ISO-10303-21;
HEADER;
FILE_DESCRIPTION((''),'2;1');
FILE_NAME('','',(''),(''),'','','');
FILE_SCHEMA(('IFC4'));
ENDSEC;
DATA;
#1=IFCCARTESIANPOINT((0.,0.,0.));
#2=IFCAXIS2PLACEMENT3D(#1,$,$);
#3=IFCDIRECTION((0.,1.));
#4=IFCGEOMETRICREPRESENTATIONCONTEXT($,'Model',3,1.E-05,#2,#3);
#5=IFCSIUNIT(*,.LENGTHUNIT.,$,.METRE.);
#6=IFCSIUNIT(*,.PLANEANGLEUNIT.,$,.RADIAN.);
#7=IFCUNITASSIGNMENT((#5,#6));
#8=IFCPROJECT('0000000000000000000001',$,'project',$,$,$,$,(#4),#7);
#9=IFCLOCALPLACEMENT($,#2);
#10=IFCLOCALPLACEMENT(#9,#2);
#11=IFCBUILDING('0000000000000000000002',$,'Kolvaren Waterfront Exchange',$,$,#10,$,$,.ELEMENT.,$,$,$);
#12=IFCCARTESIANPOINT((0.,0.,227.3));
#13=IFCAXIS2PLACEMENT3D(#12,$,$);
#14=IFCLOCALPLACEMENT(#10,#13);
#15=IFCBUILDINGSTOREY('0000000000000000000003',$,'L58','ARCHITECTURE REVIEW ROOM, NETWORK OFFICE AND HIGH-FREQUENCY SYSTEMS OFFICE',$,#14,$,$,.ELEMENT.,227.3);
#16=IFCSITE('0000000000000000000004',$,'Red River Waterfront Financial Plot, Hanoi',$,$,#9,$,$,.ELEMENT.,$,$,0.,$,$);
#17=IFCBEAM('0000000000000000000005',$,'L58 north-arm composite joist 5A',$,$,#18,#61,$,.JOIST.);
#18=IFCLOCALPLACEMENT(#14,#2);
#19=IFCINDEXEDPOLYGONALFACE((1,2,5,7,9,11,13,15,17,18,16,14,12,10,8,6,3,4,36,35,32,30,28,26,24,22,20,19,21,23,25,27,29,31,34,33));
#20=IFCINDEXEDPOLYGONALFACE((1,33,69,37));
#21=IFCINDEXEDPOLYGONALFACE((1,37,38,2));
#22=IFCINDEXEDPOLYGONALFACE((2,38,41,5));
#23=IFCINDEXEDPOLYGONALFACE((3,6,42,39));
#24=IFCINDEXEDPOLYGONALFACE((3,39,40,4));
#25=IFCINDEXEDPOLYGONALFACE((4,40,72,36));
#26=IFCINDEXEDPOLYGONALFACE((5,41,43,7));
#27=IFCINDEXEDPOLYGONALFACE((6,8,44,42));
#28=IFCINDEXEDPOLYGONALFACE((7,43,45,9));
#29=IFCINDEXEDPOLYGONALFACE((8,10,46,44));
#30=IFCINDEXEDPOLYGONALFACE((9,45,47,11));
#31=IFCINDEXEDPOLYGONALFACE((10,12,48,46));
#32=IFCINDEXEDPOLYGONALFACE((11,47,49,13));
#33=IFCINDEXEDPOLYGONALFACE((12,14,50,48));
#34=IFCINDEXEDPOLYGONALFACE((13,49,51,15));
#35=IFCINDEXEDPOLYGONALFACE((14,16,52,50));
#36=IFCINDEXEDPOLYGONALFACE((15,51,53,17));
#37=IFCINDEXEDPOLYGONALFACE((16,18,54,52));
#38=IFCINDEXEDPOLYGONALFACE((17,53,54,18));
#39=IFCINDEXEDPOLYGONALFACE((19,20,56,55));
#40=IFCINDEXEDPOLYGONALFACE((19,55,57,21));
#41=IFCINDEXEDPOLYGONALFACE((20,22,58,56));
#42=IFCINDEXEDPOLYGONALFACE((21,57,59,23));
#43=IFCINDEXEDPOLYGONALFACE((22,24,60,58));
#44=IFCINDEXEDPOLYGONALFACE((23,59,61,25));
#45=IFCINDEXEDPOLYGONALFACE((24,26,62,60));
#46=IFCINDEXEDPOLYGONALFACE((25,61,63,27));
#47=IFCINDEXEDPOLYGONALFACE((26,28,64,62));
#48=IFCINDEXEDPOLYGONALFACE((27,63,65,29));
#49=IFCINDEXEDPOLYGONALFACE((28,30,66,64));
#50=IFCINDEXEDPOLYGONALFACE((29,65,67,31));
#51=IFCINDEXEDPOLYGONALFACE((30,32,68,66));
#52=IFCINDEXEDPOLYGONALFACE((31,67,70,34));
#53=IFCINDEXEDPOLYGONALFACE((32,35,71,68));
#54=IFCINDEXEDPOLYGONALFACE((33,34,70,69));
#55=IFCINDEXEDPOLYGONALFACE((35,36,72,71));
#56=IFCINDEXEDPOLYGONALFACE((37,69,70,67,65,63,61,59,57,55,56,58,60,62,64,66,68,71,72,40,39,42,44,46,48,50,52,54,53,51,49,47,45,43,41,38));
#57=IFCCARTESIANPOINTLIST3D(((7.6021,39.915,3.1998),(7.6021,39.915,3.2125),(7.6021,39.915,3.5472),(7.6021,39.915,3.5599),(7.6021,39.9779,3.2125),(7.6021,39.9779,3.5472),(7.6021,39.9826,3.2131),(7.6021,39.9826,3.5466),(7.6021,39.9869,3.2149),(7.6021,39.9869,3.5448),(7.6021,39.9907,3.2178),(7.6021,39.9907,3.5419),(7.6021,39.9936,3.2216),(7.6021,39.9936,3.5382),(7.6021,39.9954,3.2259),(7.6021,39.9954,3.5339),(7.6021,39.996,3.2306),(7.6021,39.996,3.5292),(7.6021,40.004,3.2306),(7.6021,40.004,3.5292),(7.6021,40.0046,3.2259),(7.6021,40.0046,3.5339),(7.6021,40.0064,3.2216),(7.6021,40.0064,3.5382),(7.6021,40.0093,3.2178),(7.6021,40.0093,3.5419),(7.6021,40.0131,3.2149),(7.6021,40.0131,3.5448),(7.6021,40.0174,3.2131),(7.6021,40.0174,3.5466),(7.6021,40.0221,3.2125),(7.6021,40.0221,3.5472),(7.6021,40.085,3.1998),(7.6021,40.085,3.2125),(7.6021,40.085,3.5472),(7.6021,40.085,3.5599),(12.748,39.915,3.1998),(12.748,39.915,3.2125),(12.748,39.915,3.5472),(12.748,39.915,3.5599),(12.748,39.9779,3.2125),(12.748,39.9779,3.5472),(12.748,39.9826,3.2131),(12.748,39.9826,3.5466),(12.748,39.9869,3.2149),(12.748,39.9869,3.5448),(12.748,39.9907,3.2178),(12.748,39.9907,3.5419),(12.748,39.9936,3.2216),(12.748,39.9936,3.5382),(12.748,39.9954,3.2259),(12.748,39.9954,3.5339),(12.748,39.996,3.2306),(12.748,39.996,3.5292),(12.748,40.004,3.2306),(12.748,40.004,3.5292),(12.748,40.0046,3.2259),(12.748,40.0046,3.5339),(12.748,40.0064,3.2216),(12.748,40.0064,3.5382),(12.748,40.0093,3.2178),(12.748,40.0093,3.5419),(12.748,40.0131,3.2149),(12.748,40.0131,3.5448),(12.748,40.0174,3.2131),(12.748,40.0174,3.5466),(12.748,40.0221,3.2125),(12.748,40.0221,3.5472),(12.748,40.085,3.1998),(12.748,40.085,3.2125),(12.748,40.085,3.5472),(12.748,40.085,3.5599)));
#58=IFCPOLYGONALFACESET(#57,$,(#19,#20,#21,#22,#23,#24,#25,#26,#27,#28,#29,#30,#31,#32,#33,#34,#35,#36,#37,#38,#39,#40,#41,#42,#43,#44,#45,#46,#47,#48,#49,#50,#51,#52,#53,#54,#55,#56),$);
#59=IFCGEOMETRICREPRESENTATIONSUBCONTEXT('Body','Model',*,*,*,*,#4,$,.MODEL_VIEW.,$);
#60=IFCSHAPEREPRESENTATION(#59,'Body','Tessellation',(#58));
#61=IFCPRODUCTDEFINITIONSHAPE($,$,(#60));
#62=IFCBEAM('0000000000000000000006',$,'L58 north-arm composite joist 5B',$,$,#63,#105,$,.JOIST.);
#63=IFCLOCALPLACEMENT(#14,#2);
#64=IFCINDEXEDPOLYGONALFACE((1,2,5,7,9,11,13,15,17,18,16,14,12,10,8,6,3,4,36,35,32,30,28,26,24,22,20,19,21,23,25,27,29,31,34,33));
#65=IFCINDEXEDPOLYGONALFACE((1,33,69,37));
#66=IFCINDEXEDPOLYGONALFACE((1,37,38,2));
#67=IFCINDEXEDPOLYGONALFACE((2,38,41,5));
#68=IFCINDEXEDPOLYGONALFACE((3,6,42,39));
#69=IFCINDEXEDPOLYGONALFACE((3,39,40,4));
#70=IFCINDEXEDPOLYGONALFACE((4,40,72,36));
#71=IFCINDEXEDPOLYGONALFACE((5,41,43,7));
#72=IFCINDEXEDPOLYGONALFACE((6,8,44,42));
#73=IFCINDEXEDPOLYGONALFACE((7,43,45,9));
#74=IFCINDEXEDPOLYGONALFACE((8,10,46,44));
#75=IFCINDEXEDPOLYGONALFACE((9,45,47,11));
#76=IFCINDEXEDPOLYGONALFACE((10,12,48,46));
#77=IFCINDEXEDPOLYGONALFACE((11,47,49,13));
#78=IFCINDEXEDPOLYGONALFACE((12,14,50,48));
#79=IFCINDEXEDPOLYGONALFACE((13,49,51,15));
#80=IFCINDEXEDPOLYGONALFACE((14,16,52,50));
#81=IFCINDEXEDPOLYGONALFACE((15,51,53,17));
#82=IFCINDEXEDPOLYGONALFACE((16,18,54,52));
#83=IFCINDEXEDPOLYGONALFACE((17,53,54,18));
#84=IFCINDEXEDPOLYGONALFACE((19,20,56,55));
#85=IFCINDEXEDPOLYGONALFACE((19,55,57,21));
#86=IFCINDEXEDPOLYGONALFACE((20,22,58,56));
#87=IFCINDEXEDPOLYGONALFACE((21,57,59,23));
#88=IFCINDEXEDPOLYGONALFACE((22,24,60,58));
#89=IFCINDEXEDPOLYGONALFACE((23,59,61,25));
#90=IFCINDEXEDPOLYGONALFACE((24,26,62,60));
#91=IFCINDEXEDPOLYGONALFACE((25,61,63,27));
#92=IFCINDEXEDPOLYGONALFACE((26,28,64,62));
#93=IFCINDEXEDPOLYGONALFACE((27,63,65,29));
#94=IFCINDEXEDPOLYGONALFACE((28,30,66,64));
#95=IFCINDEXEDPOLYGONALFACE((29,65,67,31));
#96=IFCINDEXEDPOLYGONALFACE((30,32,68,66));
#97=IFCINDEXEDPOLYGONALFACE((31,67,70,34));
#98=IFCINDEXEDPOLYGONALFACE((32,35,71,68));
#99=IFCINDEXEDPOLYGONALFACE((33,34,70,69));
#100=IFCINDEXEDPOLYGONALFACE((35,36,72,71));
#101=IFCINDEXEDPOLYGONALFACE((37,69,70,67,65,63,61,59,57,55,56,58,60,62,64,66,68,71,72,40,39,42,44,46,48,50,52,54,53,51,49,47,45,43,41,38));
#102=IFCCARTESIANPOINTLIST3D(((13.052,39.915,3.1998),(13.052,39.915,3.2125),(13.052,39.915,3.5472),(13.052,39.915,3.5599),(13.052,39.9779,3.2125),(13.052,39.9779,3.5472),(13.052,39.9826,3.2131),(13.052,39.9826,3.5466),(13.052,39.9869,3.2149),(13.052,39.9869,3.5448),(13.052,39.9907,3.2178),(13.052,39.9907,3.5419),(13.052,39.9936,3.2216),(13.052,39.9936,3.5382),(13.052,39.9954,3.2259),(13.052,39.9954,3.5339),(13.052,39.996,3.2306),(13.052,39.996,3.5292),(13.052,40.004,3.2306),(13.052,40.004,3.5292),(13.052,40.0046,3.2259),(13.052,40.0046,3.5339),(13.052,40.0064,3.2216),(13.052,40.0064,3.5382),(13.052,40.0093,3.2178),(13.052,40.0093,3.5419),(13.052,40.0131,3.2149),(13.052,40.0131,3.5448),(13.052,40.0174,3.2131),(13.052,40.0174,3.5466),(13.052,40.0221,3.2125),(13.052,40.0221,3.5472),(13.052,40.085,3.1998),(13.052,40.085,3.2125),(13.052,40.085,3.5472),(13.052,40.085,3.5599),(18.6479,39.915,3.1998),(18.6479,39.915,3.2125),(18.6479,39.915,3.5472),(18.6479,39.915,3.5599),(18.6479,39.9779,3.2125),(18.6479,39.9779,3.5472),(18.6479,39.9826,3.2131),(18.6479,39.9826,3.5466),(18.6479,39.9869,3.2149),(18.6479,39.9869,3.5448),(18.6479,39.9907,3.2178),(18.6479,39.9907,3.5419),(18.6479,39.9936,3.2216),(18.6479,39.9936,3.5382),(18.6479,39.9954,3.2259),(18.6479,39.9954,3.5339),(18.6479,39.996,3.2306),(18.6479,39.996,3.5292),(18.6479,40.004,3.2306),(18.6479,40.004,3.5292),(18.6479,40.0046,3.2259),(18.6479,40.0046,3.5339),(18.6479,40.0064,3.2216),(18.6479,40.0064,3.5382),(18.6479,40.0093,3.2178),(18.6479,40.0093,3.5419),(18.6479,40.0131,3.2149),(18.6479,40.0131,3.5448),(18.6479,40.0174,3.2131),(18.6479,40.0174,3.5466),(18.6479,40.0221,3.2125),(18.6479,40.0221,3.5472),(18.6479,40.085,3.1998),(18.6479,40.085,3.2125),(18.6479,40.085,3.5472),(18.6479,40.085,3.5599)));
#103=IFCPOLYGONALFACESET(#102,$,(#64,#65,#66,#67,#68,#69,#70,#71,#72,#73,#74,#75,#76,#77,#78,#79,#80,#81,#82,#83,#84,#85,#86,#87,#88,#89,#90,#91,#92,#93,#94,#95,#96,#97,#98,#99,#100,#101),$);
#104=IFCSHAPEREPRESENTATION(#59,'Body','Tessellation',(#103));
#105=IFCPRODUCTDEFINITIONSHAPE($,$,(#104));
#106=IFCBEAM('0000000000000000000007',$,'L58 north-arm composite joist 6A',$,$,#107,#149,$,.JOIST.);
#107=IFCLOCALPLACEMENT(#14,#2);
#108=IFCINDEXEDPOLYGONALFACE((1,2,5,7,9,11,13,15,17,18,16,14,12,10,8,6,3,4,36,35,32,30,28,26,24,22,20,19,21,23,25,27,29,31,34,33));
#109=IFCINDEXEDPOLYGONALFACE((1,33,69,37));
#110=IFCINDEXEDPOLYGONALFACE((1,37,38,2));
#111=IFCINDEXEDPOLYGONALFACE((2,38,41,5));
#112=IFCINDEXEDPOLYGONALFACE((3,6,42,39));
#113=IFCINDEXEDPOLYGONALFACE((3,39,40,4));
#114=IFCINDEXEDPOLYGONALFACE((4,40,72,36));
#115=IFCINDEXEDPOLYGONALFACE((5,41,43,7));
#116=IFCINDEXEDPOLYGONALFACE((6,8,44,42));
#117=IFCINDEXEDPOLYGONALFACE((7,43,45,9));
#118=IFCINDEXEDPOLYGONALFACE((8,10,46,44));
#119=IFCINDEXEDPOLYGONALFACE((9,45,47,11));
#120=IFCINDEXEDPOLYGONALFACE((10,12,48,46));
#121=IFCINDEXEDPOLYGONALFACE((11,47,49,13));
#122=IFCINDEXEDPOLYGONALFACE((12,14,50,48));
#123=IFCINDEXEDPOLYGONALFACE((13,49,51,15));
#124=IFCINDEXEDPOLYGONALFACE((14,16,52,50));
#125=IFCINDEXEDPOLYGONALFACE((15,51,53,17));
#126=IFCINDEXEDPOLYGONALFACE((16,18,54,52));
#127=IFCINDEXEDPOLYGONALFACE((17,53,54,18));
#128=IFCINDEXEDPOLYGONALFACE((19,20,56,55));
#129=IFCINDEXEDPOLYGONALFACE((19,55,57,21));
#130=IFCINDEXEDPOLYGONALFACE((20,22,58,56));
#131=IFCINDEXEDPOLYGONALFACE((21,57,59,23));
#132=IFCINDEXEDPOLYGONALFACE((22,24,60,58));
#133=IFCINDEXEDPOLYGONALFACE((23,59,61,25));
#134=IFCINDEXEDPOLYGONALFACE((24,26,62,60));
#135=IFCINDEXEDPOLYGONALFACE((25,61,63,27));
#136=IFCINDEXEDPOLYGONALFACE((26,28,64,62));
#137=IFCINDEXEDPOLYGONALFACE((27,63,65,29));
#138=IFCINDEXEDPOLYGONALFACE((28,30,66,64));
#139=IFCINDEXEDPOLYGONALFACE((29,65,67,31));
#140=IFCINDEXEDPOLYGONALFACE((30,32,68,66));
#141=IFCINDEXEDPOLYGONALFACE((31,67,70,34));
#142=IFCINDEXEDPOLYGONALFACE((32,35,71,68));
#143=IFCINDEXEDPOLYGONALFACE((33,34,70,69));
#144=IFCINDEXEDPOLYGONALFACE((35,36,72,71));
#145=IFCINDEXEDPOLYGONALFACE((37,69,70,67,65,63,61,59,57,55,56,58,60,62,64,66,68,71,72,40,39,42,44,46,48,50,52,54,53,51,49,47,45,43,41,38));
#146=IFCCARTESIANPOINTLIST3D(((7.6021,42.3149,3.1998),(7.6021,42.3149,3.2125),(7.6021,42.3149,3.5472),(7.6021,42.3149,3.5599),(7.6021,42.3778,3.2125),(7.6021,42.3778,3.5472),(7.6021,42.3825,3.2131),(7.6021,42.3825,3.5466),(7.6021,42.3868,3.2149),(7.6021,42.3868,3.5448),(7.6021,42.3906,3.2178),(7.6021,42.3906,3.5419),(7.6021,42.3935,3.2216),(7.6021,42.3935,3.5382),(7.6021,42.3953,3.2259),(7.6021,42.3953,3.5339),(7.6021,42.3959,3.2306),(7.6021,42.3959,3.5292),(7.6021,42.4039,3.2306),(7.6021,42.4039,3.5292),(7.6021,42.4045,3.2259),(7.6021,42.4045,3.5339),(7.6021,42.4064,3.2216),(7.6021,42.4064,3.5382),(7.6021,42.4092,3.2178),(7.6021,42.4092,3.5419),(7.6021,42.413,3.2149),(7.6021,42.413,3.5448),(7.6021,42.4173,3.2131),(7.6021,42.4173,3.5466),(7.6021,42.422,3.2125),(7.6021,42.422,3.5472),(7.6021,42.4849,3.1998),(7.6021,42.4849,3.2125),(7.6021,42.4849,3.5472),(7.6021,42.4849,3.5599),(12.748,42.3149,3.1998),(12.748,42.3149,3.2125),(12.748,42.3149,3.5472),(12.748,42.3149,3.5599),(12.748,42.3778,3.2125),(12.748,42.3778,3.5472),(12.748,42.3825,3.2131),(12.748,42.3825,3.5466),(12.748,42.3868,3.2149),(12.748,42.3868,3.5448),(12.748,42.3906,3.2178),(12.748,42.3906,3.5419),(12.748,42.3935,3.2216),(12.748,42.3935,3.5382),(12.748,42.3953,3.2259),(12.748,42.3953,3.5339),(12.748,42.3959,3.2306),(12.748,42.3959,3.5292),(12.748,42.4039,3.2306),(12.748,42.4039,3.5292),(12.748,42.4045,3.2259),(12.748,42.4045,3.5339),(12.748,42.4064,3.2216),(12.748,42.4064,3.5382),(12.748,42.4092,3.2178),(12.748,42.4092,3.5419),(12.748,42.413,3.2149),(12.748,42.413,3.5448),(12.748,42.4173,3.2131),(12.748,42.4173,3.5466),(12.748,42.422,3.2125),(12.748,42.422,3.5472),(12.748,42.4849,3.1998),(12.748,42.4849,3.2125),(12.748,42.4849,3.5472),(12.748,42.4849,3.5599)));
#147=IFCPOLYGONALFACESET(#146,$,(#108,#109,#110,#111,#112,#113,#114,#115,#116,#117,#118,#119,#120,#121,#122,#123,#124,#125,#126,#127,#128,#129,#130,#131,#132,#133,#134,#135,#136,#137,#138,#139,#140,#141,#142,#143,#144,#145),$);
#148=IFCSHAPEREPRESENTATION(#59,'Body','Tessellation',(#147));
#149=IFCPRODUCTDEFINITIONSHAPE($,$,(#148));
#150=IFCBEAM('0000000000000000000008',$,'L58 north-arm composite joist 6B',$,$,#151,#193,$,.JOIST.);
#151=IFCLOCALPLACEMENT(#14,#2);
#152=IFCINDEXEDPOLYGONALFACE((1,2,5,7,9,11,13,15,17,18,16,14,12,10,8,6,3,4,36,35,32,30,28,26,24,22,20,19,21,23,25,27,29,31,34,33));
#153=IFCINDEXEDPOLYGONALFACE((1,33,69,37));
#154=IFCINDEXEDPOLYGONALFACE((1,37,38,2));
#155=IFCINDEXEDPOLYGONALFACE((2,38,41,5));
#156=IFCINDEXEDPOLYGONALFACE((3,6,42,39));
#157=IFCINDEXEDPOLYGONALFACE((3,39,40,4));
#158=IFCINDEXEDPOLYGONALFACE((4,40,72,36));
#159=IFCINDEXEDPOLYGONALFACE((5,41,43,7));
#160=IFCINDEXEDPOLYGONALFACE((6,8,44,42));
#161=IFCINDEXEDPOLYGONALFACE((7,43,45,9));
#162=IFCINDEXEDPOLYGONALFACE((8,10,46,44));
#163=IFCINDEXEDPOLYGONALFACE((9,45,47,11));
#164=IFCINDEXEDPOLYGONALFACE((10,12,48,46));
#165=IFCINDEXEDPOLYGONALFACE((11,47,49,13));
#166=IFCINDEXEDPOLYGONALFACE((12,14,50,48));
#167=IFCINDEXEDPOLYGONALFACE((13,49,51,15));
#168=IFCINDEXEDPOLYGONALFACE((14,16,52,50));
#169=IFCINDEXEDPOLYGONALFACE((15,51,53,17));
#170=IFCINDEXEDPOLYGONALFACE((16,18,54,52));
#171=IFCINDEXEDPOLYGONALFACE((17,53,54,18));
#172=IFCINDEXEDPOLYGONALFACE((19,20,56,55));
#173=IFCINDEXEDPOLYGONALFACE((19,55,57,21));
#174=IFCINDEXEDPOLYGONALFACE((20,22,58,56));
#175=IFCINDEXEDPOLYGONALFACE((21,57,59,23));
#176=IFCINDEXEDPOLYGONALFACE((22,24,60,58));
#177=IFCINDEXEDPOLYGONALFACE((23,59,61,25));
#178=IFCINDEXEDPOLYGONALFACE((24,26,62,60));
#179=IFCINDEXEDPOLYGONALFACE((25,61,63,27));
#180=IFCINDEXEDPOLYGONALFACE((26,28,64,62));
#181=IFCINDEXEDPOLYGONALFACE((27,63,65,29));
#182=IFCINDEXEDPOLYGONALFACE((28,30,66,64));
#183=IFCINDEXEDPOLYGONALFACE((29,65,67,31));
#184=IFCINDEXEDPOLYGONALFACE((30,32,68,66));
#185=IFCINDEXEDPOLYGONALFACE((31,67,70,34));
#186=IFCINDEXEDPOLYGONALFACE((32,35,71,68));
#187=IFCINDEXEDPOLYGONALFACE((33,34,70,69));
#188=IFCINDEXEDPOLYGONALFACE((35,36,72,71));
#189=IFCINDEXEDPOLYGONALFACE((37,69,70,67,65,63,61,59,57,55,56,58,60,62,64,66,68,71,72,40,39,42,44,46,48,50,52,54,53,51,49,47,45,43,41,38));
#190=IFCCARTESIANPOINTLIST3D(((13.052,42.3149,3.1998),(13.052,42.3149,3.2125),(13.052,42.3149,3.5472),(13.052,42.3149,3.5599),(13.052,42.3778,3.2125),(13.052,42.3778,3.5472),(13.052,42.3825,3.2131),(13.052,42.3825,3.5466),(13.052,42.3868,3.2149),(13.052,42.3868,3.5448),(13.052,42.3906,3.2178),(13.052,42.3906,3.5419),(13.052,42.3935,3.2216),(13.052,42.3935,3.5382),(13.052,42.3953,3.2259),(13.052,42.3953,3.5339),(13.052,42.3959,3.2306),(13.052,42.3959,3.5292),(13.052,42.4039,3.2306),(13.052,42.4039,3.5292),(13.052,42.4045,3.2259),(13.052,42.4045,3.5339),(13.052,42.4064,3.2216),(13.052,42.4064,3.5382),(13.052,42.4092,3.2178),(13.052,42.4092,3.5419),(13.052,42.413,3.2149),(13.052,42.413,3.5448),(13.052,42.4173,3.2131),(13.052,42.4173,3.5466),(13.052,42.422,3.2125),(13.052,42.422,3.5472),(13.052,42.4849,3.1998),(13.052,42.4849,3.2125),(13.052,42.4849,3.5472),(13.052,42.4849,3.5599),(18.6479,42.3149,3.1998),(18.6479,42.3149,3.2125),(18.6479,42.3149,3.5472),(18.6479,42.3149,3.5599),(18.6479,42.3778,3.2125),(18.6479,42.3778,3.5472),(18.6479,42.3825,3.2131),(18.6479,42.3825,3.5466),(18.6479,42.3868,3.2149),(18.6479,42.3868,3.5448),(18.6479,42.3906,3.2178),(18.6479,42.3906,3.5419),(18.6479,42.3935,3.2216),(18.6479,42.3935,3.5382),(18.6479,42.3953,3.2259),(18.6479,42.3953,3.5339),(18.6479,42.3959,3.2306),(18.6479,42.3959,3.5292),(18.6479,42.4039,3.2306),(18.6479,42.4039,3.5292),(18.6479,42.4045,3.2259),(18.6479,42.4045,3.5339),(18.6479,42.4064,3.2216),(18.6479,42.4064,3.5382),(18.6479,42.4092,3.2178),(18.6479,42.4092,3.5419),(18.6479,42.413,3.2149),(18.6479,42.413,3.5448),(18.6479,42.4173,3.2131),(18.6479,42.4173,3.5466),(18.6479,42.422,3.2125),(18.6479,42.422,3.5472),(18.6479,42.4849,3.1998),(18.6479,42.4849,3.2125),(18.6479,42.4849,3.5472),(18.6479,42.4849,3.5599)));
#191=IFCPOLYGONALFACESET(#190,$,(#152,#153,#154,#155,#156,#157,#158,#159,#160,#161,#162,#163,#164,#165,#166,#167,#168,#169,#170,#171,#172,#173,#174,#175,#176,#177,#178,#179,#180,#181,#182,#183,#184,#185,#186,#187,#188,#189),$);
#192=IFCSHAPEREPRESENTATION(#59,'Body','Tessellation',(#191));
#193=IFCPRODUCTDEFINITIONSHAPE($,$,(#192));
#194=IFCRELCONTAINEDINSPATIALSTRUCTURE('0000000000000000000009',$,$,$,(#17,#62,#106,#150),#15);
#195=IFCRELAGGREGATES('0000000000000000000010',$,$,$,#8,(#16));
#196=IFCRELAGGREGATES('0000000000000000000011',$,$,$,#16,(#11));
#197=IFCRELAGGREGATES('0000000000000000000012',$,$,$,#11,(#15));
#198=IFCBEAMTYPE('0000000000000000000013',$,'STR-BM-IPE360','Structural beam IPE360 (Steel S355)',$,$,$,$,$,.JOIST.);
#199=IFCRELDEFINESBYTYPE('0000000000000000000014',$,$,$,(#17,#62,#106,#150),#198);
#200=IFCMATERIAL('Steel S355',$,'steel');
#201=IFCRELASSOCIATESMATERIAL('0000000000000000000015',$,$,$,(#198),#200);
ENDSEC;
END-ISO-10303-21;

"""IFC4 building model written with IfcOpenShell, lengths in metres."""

from ifc_helpers import new_model, si_unit, direction, frame, origin, origin_2d, place, context, subcontext, project, spatial, i_section, extrude, material, material_profile, profile_set, type_object, element, save


model = new_model("IFC4")

# Units and contexts
model_context = context("Model", 3, precision=1e-05, world=origin(), true_north=direction((0.0, 1.0)))
body_context = subcontext(model_context, "Body", "Model", "MODEL_VIEW")
ifc_project = project(units=[si_unit("LENGTHUNIT", "METRE"), si_unit("PLANEANGLEUNIT", "RADIAN")], contexts=[model_context])

# Site, building, storey
site_placement = place(None, origin())
site = spatial("IfcSite", under=ifc_project, at=site_placement, Name="Red River Waterfront Financial Plot, Hanoi", CompositionType="ELEMENT", RefElevation=0.0)
building_placement = place(site_placement, origin())
building = spatial("IfcBuilding", under=site, at=building_placement, Name="Kolvaren Waterfront Exchange", CompositionType="ELEMENT")
storey_placement = place(building_placement, frame((0.0, 0.0, 227.3)))
storey = spatial("IfcBuildingStorey", under=building, at=storey_placement, Name="L58", Description="ARCHITECTURE REVIEW ROOM, NETWORK OFFICE AND HIGH-FREQUENCY SYSTEMS OFFICE", CompositionType="ELEMENT", Elevation=227.3)

# Beams
ifc_material_1 = material(Name="Steel S355", Category="steel")
ifc_material_profile_1 = material_profile(ifc_material_1, i_section(OverallWidth=0.1699, OverallDepth=0.3601, WebThickness=0.0081, FlangeThickness=0.0127, FilletRadius=0.0181, at=origin_2d()), Name="IPE360")
ifc_profile_set_1 = profile_set([ifc_material_profile_1], Name="Steel S355")
beam_type_1 = type_object("IfcBeamType", Name="STR-BM-IPE360", Description="Structural beam IPE360 (Steel S355)", PredefinedType="JOIST", material=ifc_profile_set_1)
beam_1_placement = place(storey_placement, frame((7.6021, 40.0, 3.3799), z_axis=(1.0, 0.0, 0.0), x_axis=(0.0, 1.0, 0.0)))
element("IfcBeam", 1, at=beam_1_placement, inside=storey, type_object=beam_type_1, Name="L58 north-arm composite joist 5A", PredefinedType="JOIST", context=body_context, shape_type="SweptSolid", body=[
    extrude(i_section(OverallWidth=0.1699, OverallDepth=0.3601, WebThickness=0.0081, FlangeThickness=0.0127, FilletRadius=0.0181, at=origin_2d()), origin(), (0.0, 0.0, 1.0), 5.146),
])
beam_2_placement = place(storey_placement, frame((13.052, 40.0, 3.3799), z_axis=(1.0, 0.0, 0.0), x_axis=(0.0, 1.0, 0.0)))
element("IfcBeam", 2, at=beam_2_placement, inside=storey, type_object=beam_type_1, Name="L58 north-arm composite joist 5B", PredefinedType="JOIST", context=body_context, shape_type="SweptSolid", body=[
    extrude(i_section(OverallWidth=0.1699, OverallDepth=0.3601, WebThickness=0.0081, FlangeThickness=0.0127, FilletRadius=0.0181, at=origin_2d()), origin(), (0.0, 0.0, 1.0), 5.5959),
])
beam_3_placement = place(storey_placement, frame((7.6021, 42.3999, 3.3799), z_axis=(1.0, 0.0, 0.0), x_axis=(0.0, 1.0, 0.0)))
element("IfcBeam", 3, at=beam_3_placement, inside=storey, type_object=beam_type_1, Name="L58 north-arm composite joist 6A", PredefinedType="JOIST", context=body_context, shape_type="SweptSolid", body=[
    extrude(i_section(OverallWidth=0.1699, OverallDepth=0.3601, WebThickness=0.0081, FlangeThickness=0.0127, FilletRadius=0.0181, at=origin_2d()), origin(), (0.0, 0.0, 1.0), 5.146),
])
beam_4_placement = place(storey_placement, frame((13.052, 42.3999, 3.3799), z_axis=(1.0, 0.0, 0.0), x_axis=(0.0, 1.0, 0.0)))
element("IfcBeam", 4, at=beam_4_placement, inside=storey, type_object=beam_type_1, Name="L58 north-arm composite joist 6B", PredefinedType="JOIST", context=body_context, shape_type="SweptSolid", body=[
    extrude(i_section(OverallWidth=0.1699, OverallDepth=0.3601, WebThickness=0.0081, FlangeThickness=0.0127, FilletRadius=0.0181, at=origin_2d()), origin(), (0.0, 0.0, 1.0), 5.5959),
])

save(model, "model.ifc")
